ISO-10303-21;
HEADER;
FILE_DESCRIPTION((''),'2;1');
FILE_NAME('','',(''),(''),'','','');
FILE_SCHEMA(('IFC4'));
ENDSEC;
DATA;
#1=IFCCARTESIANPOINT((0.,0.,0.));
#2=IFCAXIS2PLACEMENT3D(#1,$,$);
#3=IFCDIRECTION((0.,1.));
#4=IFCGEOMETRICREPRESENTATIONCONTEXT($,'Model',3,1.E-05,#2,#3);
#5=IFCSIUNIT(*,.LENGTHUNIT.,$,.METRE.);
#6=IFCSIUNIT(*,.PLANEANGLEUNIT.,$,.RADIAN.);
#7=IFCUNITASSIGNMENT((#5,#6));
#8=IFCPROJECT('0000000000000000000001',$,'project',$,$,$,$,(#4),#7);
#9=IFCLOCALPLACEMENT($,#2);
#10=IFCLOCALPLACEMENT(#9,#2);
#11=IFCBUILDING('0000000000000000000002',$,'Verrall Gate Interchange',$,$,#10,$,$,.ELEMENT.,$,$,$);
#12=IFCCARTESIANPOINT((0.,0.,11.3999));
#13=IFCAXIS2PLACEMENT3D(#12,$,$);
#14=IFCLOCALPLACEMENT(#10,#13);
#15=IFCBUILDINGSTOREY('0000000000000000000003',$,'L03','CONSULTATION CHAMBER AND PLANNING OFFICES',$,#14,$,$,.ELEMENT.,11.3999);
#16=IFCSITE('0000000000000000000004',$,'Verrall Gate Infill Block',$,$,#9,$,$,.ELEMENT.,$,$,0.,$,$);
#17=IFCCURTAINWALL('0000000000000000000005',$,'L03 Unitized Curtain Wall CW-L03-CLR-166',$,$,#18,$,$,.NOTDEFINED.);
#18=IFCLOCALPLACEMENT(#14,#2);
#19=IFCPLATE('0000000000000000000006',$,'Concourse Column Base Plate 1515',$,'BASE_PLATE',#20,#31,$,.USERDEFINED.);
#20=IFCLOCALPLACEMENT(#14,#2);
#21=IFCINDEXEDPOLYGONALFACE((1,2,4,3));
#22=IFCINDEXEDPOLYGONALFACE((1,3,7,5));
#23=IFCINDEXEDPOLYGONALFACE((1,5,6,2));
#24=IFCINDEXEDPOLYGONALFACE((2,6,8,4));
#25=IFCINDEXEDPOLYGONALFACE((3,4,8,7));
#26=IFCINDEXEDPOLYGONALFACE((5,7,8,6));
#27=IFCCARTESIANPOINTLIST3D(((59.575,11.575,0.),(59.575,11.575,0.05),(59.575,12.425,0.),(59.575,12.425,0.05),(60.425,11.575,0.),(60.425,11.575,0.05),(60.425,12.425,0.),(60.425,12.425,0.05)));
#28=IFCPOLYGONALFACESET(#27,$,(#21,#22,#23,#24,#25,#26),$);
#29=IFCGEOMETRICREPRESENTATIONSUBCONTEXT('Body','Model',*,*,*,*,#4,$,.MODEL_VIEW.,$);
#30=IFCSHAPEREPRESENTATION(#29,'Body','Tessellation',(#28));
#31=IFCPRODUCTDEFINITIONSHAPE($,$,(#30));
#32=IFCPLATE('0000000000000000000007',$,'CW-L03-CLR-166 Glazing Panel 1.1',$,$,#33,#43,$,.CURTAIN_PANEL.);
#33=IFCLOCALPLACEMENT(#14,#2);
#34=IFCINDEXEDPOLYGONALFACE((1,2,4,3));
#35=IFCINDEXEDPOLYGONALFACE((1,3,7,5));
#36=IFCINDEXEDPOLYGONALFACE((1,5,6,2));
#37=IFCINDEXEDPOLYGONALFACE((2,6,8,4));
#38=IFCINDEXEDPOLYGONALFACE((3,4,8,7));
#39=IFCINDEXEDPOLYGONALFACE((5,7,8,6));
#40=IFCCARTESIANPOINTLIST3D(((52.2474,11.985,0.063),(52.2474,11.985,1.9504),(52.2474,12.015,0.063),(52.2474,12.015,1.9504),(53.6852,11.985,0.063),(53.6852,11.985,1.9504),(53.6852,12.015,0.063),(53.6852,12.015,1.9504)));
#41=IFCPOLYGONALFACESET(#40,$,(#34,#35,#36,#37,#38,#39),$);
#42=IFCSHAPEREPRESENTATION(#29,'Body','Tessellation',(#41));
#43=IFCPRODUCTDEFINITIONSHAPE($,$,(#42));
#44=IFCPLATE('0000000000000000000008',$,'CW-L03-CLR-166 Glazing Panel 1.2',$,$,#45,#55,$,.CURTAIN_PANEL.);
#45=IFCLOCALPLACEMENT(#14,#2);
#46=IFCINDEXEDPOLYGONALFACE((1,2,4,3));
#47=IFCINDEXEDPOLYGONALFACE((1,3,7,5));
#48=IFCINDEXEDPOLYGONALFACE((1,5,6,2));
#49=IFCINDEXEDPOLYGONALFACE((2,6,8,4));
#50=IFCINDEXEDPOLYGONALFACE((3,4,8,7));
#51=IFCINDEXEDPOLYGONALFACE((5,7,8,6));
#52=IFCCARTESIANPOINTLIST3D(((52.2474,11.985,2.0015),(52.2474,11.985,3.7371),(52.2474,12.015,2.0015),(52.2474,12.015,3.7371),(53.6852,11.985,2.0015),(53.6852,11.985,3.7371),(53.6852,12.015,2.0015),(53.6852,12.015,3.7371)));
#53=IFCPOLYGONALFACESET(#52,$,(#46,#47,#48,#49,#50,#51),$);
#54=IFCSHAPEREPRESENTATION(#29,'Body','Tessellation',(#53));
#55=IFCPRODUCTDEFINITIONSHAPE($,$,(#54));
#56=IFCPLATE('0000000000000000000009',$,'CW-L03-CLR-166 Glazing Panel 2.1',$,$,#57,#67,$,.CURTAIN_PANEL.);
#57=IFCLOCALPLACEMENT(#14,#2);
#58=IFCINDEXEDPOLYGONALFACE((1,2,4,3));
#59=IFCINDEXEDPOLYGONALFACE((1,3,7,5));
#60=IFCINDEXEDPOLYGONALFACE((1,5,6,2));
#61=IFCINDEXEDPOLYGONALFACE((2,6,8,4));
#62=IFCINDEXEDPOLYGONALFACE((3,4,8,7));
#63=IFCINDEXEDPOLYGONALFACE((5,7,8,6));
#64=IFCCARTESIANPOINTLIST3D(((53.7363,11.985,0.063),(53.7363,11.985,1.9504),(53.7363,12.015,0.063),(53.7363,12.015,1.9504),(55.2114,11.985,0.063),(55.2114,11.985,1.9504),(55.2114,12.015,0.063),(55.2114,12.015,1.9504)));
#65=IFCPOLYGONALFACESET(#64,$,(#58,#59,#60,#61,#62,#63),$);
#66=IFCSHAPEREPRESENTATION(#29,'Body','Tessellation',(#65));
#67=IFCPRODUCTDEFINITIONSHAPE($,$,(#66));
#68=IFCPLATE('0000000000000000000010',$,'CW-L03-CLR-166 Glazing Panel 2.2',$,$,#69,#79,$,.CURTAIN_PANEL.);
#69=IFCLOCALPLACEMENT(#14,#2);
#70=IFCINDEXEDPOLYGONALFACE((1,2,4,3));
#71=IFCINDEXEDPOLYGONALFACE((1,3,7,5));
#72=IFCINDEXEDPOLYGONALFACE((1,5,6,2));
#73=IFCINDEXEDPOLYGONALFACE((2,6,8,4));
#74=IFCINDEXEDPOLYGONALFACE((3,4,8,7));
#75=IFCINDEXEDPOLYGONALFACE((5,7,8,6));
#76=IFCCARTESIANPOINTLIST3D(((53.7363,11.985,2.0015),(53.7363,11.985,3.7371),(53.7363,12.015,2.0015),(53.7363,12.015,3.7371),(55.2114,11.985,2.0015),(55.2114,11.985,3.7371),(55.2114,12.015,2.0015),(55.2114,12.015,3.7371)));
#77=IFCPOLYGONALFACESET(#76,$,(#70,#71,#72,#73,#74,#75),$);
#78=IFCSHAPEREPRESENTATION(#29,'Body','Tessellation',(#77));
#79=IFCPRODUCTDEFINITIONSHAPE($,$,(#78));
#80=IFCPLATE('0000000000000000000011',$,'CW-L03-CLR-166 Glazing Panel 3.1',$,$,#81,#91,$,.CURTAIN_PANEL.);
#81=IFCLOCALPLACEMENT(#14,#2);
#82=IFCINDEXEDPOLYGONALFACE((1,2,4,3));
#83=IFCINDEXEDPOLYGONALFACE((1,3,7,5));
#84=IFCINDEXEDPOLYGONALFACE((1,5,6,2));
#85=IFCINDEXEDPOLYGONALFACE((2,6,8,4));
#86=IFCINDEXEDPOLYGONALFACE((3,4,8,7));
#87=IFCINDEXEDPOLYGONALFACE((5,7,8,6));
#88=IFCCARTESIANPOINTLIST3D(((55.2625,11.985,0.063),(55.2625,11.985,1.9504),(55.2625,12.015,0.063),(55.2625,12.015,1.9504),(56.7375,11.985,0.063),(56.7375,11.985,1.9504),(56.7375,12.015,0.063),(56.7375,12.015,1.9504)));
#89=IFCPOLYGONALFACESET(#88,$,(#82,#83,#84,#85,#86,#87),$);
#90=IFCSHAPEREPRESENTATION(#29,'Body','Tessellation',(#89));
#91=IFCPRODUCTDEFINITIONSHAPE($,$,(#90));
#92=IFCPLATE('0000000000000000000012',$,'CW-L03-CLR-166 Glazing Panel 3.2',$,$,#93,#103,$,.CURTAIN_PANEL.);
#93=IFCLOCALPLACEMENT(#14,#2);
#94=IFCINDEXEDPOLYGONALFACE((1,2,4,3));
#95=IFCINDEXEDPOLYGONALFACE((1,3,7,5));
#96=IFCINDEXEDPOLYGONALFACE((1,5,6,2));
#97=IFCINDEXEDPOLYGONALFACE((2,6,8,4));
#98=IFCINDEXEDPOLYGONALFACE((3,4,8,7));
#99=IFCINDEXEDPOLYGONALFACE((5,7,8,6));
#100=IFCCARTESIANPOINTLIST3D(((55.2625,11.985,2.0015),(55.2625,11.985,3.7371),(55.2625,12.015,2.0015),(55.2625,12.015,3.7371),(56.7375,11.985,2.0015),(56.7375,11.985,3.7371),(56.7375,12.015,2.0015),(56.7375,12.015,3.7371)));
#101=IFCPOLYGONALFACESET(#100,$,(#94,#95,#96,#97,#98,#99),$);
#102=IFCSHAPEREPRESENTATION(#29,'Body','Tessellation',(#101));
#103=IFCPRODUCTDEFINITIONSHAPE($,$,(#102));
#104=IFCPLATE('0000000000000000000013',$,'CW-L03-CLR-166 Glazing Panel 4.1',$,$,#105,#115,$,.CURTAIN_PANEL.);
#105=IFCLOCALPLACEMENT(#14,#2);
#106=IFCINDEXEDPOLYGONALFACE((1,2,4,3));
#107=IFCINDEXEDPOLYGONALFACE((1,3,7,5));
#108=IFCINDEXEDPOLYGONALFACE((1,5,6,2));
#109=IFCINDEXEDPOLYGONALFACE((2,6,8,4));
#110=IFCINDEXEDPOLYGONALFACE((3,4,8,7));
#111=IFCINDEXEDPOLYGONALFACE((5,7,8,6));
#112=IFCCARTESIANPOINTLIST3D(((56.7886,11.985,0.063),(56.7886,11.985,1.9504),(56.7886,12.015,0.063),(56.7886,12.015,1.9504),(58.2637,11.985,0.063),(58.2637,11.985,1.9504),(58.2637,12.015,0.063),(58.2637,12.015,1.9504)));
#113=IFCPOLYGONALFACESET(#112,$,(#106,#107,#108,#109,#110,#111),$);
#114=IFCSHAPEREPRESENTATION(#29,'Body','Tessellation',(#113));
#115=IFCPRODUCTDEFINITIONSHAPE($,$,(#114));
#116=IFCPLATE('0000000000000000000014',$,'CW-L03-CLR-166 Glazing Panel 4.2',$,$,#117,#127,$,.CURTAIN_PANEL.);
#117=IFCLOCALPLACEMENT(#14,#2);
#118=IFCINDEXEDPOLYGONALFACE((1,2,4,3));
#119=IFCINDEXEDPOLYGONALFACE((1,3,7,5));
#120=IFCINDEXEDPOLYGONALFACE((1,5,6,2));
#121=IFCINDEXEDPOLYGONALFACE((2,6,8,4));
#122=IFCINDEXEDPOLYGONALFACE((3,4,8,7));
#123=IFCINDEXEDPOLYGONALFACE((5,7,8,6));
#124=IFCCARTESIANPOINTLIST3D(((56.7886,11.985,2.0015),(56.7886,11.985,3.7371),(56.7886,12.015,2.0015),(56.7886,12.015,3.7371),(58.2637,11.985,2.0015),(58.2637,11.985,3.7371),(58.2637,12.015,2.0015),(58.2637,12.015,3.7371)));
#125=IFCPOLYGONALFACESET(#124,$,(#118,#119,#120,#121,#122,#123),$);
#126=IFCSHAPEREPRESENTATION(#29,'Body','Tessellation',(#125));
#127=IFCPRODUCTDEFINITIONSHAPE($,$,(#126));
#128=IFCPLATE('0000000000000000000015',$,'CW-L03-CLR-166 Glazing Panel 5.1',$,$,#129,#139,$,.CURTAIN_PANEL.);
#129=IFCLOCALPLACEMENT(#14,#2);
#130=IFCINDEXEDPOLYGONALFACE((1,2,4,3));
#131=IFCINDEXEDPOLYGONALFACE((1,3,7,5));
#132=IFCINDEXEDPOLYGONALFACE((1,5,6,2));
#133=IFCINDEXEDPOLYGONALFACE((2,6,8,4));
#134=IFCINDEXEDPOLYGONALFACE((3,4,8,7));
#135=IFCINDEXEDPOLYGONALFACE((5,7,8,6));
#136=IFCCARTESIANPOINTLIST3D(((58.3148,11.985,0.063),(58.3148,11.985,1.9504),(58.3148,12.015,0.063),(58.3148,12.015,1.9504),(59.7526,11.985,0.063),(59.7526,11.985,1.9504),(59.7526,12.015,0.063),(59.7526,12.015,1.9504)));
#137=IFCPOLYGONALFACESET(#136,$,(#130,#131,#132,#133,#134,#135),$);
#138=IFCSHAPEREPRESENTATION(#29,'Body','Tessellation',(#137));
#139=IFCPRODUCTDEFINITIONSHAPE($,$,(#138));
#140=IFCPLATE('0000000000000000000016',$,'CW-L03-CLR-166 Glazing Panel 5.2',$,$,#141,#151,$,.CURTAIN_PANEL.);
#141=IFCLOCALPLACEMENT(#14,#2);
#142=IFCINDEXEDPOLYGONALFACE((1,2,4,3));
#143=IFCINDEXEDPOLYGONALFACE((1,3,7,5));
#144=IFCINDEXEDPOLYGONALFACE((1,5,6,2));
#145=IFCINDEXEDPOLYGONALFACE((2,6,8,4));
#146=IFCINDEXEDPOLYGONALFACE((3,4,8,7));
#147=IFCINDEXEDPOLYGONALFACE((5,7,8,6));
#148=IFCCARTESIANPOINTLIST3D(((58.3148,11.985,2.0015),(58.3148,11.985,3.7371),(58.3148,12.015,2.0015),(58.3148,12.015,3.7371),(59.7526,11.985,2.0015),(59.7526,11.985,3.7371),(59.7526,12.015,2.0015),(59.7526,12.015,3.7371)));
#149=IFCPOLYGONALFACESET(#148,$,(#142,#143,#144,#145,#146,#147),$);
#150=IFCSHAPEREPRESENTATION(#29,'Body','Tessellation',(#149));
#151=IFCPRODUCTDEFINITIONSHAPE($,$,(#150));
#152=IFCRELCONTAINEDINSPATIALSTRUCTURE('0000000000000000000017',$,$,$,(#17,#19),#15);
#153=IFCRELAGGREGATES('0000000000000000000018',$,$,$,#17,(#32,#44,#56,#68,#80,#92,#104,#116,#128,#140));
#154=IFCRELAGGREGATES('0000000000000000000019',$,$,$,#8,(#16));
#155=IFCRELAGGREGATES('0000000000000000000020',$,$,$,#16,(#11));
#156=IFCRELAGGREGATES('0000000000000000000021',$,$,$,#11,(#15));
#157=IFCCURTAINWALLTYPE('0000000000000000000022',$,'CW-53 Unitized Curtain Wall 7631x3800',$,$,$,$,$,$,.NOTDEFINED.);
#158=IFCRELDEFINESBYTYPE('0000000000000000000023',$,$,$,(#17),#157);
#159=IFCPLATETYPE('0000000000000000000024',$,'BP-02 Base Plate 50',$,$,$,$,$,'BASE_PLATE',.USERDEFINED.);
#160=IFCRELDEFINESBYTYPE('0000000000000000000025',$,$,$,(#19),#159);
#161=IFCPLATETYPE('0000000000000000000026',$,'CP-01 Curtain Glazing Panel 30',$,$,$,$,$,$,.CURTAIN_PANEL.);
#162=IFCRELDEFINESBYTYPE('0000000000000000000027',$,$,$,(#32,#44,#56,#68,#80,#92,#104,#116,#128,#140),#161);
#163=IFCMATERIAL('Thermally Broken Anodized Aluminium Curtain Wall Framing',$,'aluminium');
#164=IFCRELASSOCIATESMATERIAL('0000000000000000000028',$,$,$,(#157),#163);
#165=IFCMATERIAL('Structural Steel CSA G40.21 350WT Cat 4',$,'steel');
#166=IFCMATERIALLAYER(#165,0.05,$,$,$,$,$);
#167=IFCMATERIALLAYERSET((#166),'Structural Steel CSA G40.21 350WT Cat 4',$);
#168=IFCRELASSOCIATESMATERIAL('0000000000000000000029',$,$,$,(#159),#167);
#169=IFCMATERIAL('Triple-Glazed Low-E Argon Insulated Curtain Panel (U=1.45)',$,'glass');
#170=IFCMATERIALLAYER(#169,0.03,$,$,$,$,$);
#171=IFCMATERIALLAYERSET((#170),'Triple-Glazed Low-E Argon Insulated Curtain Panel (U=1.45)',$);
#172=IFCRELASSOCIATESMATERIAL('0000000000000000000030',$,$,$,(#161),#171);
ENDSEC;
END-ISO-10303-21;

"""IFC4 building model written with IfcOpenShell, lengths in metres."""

from ifc_helpers import new_model, si_unit, direction, frame, origin, origin_2d, place, context, subcontext, project, spatial, rectangle, extrude, material, layer, layer_set, type_object, element, aggregate, save


model = new_model("IFC4")

# Units and contexts
model_context = context("Model", 3, precision=1e-05, world=origin(), true_north=direction((0.0, 1.0)))
body_context = subcontext(model_context, "Body", "Model", "MODEL_VIEW")
ifc_project = project(units=[si_unit("LENGTHUNIT", "METRE"), si_unit("PLANEANGLEUNIT", "RADIAN")], contexts=[model_context])

# Site, building, storey
site_placement = place(None, origin())
site = spatial("IfcSite", under=ifc_project, at=site_placement, Name="Verrall Gate Infill Block", CompositionType="ELEMENT", RefElevation=0.0)
building_placement = place(site_placement, origin())
building = spatial("IfcBuilding", under=site, at=building_placement, Name="Verrall Gate Interchange", CompositionType="ELEMENT")
storey_placement = place(building_placement, frame((0.0, 0.0, 11.3999)))
storey = spatial("IfcBuildingStorey", under=building, at=storey_placement, Name="L03", Description="CONSULTATION CHAMBER AND PLANNING OFFICES", CompositionType="ELEMENT", Elevation=11.3999)

# Curtain wall
ifc_material_1 = material(Name="Thermally Broken Anodized Aluminium Curtain Wall Framing", Category="aluminium")
curtain_wall_type = type_object("IfcCurtainWallType", Name="CW-53 Unitized Curtain Wall 7631x3800", PredefinedType="NOTDEFINED", material=ifc_material_1)
curtain_wall_placement = place(storey_placement, origin())
curtain_wall = element("IfcCurtainWall", 1, at=curtain_wall_placement, inside=storey, type_object=curtain_wall_type, Name="L03 Unitized Curtain Wall CW-L03-CLR-166", PredefinedType="NOTDEFINED")

# Plate
ifc_material_2 = material(Name="Structural Steel CSA G40.21 350WT Cat 4", Category="steel")
ifc_layer_1 = layer(ifc_material_2, 0.05)
ifc_layer_set_1 = layer_set([ifc_layer_1], Name="Structural Steel CSA G40.21 350WT Cat 4")
plate_type_1 = type_object("IfcPlateType", Name="BP-02 Base Plate 50", ElementType="BASE_PLATE", PredefinedType="USERDEFINED", material=ifc_layer_set_1)
plate_1_placement = place(storey_placement, frame((60.0, 12.0, 0.0), z_axis=(0.0, 0.0, 1.0), x_axis=(1.0, 0.0, 0.0)))
element("IfcPlate", 2, at=plate_1_placement, inside=storey, type_object=plate_type_1, Name="Concourse Column Base Plate 1515", ObjectType="BASE_PLATE", PredefinedType="USERDEFINED", context=body_context, shape_type="SweptSolid", body=[
    extrude(rectangle(XDim=0.8501, YDim=0.8501, at=origin_2d()), origin(), (0.0, 0.0, 1.0), 0.05),
])

# Plates
ifc_material_3 = material(Name="Triple-Glazed Low-E Argon Insulated Curtain Panel (U=1.45)", Category="glass")
ifc_layer_2 = layer(ifc_material_3, 0.03)
ifc_layer_set_2 = layer_set([ifc_layer_2], Name="Triple-Glazed Low-E Argon Insulated Curtain Panel (U=1.45)")
plate_type_2 = type_object("IfcPlateType", Name="CP-01 Curtain Glazing Panel 30", PredefinedType="CURTAIN_PANEL", material=ifc_layer_set_2)
plate_2_placement = place(storey_placement, frame((52.9663, 12.0, 0.063), z_axis=(0.0, 0.0, 1.0), x_axis=(1.0, 0.0, 0.0)))
plate_2 = element("IfcPlate", 3, at=plate_2_placement, type_object=plate_type_2, Name="CW-L03-CLR-166 Glazing Panel 1.1", PredefinedType="CURTAIN_PANEL", context=body_context, shape_type="SweptSolid", body=[
    extrude(rectangle(XDim=1.4377, YDim=0.03, at=origin_2d()), origin(), (0.0, 0.0, 1.0), 1.8875),
])
plate_3_placement = place(storey_placement, frame((52.9663, 12.0, 2.0015), z_axis=(0.0, 0.0, 1.0), x_axis=(1.0, 0.0, 0.0)))
plate_3 = element("IfcPlate", 4, at=plate_3_placement, type_object=plate_type_2, Name="CW-L03-CLR-166 Glazing Panel 1.2", PredefinedType="CURTAIN_PANEL", context=body_context, shape_type="SweptSolid", body=[
    extrude(rectangle(XDim=1.4377, YDim=0.03, at=origin_2d()), origin(), (0.0, 0.0, 1.0), 1.7356),
])
plate_4_placement = place(storey_placement, frame((54.4739, 12.0, 0.063), z_axis=(0.0, 0.0, 1.0), x_axis=(1.0, 0.0, 0.0)))
plate_4 = element("IfcPlate", 5, at=plate_4_placement, type_object=plate_type_2, Name="CW-L03-CLR-166 Glazing Panel 2.1", PredefinedType="CURTAIN_PANEL", context=body_context, shape_type="SweptSolid", body=[
    extrude(rectangle(XDim=1.4751, YDim=0.03, at=origin_2d()), origin(), (0.0, 0.0, 1.0), 1.8875),
])
plate_5_placement = place(storey_placement, frame((54.4739, 12.0, 2.0015), z_axis=(0.0, 0.0, 1.0), x_axis=(1.0, 0.0, 0.0)))
plate_5 = element("IfcPlate", 6, at=plate_5_placement, type_object=plate_type_2, Name="CW-L03-CLR-166 Glazing Panel 2.2", PredefinedType="CURTAIN_PANEL", context=body_context, shape_type="SweptSolid", body=[
    extrude(rectangle(XDim=1.4751, YDim=0.03, at=origin_2d()), origin(), (0.0, 0.0, 1.0), 1.7356),
])
plate_6_placement = place(storey_placement, frame((56.0, 12.0, 0.063), z_axis=(0.0, 0.0, 1.0), x_axis=(1.0, 0.0, 0.0)))
plate_6 = element("IfcPlate", 7, at=plate_6_placement, type_object=plate_type_2, Name="CW-L03-CLR-166 Glazing Panel 3.1", PredefinedType="CURTAIN_PANEL", context=body_context, shape_type="SweptSolid", body=[
    extrude(rectangle(XDim=1.4751, YDim=0.03, at=origin_2d()), origin(), (0.0, 0.0, 1.0), 1.8875),
])
plate_7_placement = place(storey_placement, frame((56.0, 12.0, 2.0015), z_axis=(0.0, 0.0, 1.0), x_axis=(1.0, 0.0, 0.0)))
plate_7 = element("IfcPlate", 8, at=plate_7_placement, type_object=plate_type_2, Name="CW-L03-CLR-166 Glazing Panel 3.2", PredefinedType="CURTAIN_PANEL", context=body_context, shape_type="SweptSolid", body=[
    extrude(rectangle(XDim=1.4751, YDim=0.03, at=origin_2d()), origin(), (0.0, 0.0, 1.0), 1.7356),
])
plate_8_placement = place(storey_placement, frame((57.5261, 12.0, 0.063), z_axis=(0.0, 0.0, 1.0), x_axis=(1.0, 0.0, 0.0)))
plate_8 = element("IfcPlate", 9, at=plate_8_placement, type_object=plate_type_2, Name="CW-L03-CLR-166 Glazing Panel 4.1", PredefinedType="CURTAIN_PANEL", context=body_context, shape_type="SweptSolid", body=[
    extrude(rectangle(XDim=1.4751, YDim=0.03, at=origin_2d()), origin(), (0.0, 0.0, 1.0), 1.8875),
])
plate_9_placement = place(storey_placement, frame((57.5261, 12.0, 2.0015), z_axis=(0.0, 0.0, 1.0), x_axis=(1.0, 0.0, 0.0)))
plate_9 = element("IfcPlate", 10, at=plate_9_placement, type_object=plate_type_2, Name="CW-L03-CLR-166 Glazing Panel 4.2", PredefinedType="CURTAIN_PANEL", context=body_context, shape_type="SweptSolid", body=[
    extrude(rectangle(XDim=1.4751, YDim=0.03, at=origin_2d()), origin(), (0.0, 0.0, 1.0), 1.7356),
])
plate_10_placement = place(storey_placement, frame((59.0337, 12.0, 0.063), z_axis=(0.0, 0.0, 1.0), x_axis=(1.0, 0.0, 0.0)))
plate_10 = element("IfcPlate", 11, at=plate_10_placement, type_object=plate_type_2, Name="CW-L03-CLR-166 Glazing Panel 5.1", PredefinedType="CURTAIN_PANEL", context=body_context, shape_type="SweptSolid", body=[
    extrude(rectangle(XDim=1.4377, YDim=0.03, at=origin_2d()), origin(), (0.0, 0.0, 1.0), 1.8875),
])
plate_11_placement = place(storey_placement, frame((59.0337, 12.0, 2.0015), z_axis=(0.0, 0.0, 1.0), x_axis=(1.0, 0.0, 0.0)))
plate_11 = element("IfcPlate", 12, at=plate_11_placement, type_object=plate_type_2, Name="CW-L03-CLR-166 Glazing Panel 5.2", PredefinedType="CURTAIN_PANEL", context=body_context, shape_type="SweptSolid", body=[
    extrude(rectangle(XDim=1.4377, YDim=0.03, at=origin_2d()), origin(), (0.0, 0.0, 1.0), 1.7356),
])
aggregate(curtain_wall, [plate_2, plate_3, plate_4, plate_5, plate_6, plate_7, plate_8, plate_9, plate_10, plate_11])

save(model, "model.ifc")
